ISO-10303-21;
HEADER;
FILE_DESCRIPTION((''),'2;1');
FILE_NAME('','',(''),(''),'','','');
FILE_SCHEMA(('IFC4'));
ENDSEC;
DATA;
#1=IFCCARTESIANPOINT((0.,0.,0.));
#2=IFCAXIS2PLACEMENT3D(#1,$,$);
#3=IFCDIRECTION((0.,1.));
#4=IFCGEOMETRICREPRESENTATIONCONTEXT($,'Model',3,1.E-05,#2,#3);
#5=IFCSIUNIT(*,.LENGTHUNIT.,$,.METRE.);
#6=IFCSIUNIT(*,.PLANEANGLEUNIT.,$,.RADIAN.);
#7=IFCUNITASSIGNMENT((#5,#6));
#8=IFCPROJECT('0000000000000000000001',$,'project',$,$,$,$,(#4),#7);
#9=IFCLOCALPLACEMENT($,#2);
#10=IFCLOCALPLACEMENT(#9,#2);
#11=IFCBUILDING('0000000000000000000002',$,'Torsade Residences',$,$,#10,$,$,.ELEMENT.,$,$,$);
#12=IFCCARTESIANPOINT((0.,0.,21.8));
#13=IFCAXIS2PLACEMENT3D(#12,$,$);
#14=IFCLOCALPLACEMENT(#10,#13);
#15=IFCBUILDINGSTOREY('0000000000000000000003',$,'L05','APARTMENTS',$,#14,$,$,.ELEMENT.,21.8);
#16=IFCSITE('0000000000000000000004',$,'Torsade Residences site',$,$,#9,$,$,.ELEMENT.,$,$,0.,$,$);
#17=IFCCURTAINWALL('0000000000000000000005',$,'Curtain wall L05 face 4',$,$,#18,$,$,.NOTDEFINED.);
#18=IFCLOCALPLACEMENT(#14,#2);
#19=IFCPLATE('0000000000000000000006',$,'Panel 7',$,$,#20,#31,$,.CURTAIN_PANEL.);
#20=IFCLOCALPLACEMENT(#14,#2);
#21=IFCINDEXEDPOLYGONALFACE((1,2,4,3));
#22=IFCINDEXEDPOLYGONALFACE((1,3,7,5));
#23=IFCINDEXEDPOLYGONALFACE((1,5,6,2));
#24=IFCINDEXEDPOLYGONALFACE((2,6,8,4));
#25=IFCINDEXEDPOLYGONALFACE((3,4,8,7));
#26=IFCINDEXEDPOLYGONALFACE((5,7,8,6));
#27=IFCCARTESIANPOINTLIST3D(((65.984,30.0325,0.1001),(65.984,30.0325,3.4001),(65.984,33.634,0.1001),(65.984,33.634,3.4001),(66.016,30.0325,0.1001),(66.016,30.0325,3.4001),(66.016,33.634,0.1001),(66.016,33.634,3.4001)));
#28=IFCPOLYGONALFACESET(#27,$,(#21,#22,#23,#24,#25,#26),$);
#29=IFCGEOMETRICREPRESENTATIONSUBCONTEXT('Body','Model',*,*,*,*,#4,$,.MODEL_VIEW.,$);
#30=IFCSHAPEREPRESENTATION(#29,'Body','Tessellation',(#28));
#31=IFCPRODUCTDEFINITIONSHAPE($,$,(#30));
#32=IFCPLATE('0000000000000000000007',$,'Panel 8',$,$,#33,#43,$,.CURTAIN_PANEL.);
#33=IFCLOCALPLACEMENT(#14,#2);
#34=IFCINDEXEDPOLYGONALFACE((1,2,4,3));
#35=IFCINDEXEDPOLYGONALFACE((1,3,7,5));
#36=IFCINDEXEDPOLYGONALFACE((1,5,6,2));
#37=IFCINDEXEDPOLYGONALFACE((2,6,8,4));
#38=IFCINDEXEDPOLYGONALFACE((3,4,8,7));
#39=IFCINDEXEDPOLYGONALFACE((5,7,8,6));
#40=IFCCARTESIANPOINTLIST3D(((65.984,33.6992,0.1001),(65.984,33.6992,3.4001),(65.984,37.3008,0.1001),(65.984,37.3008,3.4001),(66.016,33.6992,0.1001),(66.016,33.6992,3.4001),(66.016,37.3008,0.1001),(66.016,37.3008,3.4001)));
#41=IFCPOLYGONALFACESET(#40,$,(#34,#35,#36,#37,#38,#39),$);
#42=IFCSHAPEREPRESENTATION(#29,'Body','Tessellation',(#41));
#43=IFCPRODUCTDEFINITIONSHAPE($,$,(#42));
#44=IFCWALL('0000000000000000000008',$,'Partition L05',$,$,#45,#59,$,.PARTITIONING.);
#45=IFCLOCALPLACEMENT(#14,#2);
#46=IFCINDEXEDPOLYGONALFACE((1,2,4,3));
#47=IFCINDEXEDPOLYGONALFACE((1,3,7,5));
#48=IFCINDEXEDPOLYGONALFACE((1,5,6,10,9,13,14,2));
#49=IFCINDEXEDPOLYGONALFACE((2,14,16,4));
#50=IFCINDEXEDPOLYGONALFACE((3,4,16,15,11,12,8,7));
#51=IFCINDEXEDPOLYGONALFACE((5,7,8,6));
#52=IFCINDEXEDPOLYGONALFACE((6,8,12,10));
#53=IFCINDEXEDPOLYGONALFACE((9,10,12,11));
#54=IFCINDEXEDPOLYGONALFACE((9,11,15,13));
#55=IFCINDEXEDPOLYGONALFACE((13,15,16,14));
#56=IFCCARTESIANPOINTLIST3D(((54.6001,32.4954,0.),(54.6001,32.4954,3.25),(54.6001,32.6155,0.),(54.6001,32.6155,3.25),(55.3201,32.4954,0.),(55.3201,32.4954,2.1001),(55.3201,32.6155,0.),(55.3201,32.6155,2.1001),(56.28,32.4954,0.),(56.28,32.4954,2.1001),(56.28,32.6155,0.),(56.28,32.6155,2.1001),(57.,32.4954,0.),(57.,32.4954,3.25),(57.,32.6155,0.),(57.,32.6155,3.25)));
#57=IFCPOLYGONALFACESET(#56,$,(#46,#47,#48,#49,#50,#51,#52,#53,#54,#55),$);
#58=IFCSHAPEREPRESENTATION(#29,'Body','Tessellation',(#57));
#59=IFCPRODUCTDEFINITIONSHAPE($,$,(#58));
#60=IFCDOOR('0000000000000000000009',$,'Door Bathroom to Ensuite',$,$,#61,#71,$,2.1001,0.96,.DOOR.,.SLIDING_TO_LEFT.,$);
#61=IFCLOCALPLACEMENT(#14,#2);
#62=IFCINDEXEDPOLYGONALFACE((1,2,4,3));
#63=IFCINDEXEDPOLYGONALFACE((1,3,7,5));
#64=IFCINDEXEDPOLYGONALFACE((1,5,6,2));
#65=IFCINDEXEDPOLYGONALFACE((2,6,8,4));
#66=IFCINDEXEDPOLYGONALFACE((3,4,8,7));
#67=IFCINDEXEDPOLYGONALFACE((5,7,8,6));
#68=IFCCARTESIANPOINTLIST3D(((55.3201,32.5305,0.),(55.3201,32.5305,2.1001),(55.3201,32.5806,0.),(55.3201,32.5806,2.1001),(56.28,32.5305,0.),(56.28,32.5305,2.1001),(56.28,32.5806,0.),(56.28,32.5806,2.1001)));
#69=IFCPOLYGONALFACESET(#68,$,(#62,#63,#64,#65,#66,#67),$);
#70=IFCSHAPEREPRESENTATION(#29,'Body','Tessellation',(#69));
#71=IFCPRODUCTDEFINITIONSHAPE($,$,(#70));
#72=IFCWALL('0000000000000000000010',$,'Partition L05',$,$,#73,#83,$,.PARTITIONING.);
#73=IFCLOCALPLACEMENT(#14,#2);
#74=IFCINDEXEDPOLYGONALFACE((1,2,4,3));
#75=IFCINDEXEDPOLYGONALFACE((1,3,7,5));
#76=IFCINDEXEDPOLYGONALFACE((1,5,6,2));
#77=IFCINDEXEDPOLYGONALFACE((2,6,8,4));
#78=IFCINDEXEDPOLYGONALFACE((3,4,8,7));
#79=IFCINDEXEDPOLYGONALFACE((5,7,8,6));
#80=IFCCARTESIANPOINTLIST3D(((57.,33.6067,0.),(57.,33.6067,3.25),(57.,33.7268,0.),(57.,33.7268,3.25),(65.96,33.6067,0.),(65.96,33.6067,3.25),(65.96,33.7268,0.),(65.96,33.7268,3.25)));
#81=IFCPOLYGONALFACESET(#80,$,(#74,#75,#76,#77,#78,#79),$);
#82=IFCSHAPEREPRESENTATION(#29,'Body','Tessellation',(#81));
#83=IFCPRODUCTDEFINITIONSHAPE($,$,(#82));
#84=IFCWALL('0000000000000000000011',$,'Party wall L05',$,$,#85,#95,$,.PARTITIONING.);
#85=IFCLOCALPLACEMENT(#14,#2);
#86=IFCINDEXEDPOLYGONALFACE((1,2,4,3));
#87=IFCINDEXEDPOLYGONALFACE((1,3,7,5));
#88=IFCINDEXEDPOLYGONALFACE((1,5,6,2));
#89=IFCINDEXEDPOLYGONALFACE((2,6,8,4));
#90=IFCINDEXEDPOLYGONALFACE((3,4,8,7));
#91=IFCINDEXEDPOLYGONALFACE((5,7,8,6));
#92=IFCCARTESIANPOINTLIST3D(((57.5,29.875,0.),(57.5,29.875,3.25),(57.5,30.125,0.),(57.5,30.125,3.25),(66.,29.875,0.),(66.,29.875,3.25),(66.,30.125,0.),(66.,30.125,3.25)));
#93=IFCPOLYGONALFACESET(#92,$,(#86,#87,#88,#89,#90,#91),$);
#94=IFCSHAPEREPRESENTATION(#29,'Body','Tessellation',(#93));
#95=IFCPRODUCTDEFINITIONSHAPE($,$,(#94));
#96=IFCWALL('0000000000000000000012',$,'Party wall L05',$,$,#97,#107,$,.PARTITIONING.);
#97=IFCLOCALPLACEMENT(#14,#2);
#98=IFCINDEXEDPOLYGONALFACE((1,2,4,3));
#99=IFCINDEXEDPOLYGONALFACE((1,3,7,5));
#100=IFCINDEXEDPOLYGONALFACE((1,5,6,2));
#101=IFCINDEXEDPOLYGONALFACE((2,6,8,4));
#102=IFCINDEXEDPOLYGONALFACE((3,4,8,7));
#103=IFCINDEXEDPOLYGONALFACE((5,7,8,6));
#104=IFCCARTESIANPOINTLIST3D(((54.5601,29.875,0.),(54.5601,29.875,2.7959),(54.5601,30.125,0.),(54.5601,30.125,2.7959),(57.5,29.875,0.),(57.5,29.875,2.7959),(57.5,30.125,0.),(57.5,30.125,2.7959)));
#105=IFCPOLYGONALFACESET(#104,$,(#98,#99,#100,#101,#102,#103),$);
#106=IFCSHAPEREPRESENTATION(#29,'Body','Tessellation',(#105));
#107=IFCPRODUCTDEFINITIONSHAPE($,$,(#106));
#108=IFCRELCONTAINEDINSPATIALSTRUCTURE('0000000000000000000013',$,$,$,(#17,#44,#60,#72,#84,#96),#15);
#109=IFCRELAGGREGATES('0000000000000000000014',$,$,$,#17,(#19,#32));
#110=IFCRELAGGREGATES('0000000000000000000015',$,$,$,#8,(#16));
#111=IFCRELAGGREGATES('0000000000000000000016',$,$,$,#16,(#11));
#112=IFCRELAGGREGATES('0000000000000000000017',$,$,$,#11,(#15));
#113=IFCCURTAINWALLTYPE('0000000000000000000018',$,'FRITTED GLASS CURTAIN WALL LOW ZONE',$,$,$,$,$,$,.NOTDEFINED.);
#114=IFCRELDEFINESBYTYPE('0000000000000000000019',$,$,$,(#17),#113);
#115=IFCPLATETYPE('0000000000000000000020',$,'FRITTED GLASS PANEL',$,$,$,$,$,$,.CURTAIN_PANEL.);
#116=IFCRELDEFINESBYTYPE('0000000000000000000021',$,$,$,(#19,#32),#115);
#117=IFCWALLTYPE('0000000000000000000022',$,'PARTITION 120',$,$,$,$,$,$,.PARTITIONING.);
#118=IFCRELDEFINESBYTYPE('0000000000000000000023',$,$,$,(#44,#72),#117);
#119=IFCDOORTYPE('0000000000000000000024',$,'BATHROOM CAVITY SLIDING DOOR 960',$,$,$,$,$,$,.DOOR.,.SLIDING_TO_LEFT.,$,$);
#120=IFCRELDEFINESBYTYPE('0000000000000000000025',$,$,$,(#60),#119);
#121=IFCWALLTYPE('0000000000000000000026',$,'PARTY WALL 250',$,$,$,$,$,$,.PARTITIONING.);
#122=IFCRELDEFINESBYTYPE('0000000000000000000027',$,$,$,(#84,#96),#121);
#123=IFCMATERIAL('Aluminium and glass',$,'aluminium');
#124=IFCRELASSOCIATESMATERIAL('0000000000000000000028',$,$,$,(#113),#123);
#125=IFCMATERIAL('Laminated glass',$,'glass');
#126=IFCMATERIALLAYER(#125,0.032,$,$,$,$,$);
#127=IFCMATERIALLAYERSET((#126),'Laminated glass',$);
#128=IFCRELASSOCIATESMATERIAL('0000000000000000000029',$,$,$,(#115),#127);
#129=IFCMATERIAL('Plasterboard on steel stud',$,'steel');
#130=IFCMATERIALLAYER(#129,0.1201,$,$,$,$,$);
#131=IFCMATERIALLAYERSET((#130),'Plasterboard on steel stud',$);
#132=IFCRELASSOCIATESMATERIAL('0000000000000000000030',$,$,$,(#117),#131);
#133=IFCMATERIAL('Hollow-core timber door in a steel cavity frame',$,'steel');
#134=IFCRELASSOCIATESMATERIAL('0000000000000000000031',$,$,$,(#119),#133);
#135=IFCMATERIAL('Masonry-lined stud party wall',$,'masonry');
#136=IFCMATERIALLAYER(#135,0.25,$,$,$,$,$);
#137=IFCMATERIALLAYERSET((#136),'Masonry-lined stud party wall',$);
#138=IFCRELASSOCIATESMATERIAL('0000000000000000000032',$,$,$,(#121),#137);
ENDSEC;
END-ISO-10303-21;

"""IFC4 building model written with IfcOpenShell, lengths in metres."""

from ifc_helpers import new_model, si_unit, direction, frame, frame_2d, origin, origin_2d, place, context, subcontext, project, spatial, rectangle, extrude, material, layer, layer_set, type_object, element, fill, aggregate, save


model = new_model("IFC4")

# Units and contexts
model_context = context("Model", 3, precision=1e-05, world=origin(), true_north=direction((0.0, 1.0)))
body_context = subcontext(model_context, "Body", "Model", "MODEL_VIEW")
ifc_project = project(units=[si_unit("LENGTHUNIT", "METRE"), si_unit("PLANEANGLEUNIT", "RADIAN")], contexts=[model_context])

# Site, building, storey
site_placement = place(None, origin())
site = spatial("IfcSite", under=ifc_project, at=site_placement, Name="Torsade Residences site", CompositionType="ELEMENT", RefElevation=0.0)
building_placement = place(site_placement, origin())
building = spatial("IfcBuilding", under=site, at=building_placement, Name="Torsade Residences", CompositionType="ELEMENT")
storey_placement = place(building_placement, frame((0.0, 0.0, 21.8)))
storey = spatial("IfcBuildingStorey", under=building, at=storey_placement, Name="L05", Description="APARTMENTS", CompositionType="ELEMENT", Elevation=21.8)

# Curtain wall
ifc_material_1 = material(Name="Aluminium and glass", Category="aluminium")
curtain_wall_type = type_object("IfcCurtainWallType", Name="FRITTED GLASS CURTAIN WALL LOW ZONE", PredefinedType="NOTDEFINED", material=ifc_material_1)
curtain_wall_placement = place(storey_placement, origin())
curtain_wall = element("IfcCurtainWall", 1, at=curtain_wall_placement, inside=storey, type_object=curtain_wall_type, Name="Curtain wall L05 face 4", PredefinedType="NOTDEFINED")

# Plates
ifc_material_2 = material(Name="Laminated glass", Category="glass")
ifc_layer_1 = layer(ifc_material_2, 0.032)
ifc_layer_set_1 = layer_set([ifc_layer_1], Name="Laminated glass")
plate_type = type_object("IfcPlateType", Name="FRITTED GLASS PANEL", PredefinedType="CURTAIN_PANEL", material=ifc_layer_set_1)
plate_1_placement = place(storey_placement, frame((66.0, 31.8333, 0.1001), z_axis=(0.0, 0.0, 1.0), x_axis=(0.0, 1.0, 0.0)))
plate_1 = element("IfcPlate", 2, at=plate_1_placement, type_object=plate_type, Name="Panel 7", PredefinedType="CURTAIN_PANEL", context=body_context, shape_type="SweptSolid", body=[
    extrude(rectangle(XDim=3.6016, YDim=0.032, at=origin_2d()), origin(), (0.0, 0.0, 1.0), 3.3),
])
plate_2_placement = place(storey_placement, frame((66.0, 35.5, 0.1001), z_axis=(0.0, 0.0, 1.0), x_axis=(0.0, 1.0, 0.0)))
plate_2 = element("IfcPlate", 3, at=plate_2_placement, type_object=plate_type, Name="Panel 8", PredefinedType="CURTAIN_PANEL", context=body_context, shape_type="SweptSolid", body=[
    extrude(rectangle(XDim=3.6016, YDim=0.032, at=origin_2d()), origin(), (0.0, 0.0, 1.0), 3.3),
])
aggregate(curtain_wall, [plate_1, plate_2])

# Wall, opening, door
ifc_material_3 = material(Name="Plasterboard on steel stud", Category="steel")
ifc_layer_2 = layer(ifc_material_3, 0.1201)
ifc_layer_set_2 = layer_set([ifc_layer_2], Name="Plasterboard on steel stud")
wall_type_1 = type_object("IfcWallType", Name="PARTITION 120", PredefinedType="PARTITIONING", material=ifc_layer_set_2)
wall_1_placement = place(storey_placement, frame((57.0, 32.5554, 0.0), z_axis=(0.0, 0.0, 1.0), x_axis=(-1.0, 0.0, 0.0)))
wall_1 = element("IfcWall", 4, at=wall_1_placement, inside=storey, type_object=wall_type_1, Name="Partition L05", PredefinedType="PARTITIONING", context=body_context, shape_type="SweptSolid", body=[
    extrude(rectangle(XDim=2.3999, YDim=0.1201, at=frame_2d((1.2, 0.0))), origin(), (0.0, 0.0, 1.0), 3.25),
])
opening_placement = place(wall_1_placement, frame((0.72, 0.0, 0.0)))
opening = element("IfcOpeningElement", 5, at=opening_placement, cuts=wall_1, PredefinedType="OPENING", context=body_context, shape_type="SweptSolid", body=[
    extrude(rectangle(XDim=0.96, YDim=2.1001, at=frame_2d((0.48, 1.05))), frame((0.0, 0.0701, 0.0), z_axis=(0.0, -1.0, 0.0), x_axis=(1.0, 0.0, 0.0)), (0.0, 0.0, 1.0), 0.1401),
])
ifc_material_4 = material(Name="Hollow-core timber door in a steel cavity frame", Category="steel")
door_type = type_object("IfcDoorType", Name="BATHROOM CAVITY SLIDING DOOR 960", OperationType="SLIDING_TO_LEFT", PredefinedType="DOOR", material=ifc_material_4)
door_placement = place(opening_placement, origin())
door = element("IfcDoor", 6, at=door_placement, inside=storey, type_object=door_type, Name="Door Bathroom to Ensuite", OperationType="SLIDING_TO_LEFT", OverallHeight=2.1001, OverallWidth=0.96, PredefinedType="DOOR", context=body_context, shape_type="SweptSolid", body=[
    extrude(rectangle(XDim=0.96, YDim=2.1001, at=frame_2d((0.48, 1.05))), frame((0.0, 0.0249, 0.0), z_axis=(0.0, -1.0, 0.0), x_axis=(1.0, 0.0, 0.0)), (0.0, 0.0, 1.0), 0.05),
])
fill(opening, door)

# Walls
wall_2_placement = place(storey_placement, frame((57.0, 33.6667, 0.0), z_axis=(0.0, 0.0, 1.0), x_axis=(1.0, 0.0, 0.0)))
element("IfcWall", 7, at=wall_2_placement, inside=storey, type_object=wall_type_1, Name="Partition L05", PredefinedType="PARTITIONING", context=body_context, shape_type="SweptSolid", body=[
    extrude(rectangle(XDim=8.96, YDim=0.1201, at=frame_2d((4.48, 0.0))), origin(), (0.0, 0.0, 1.0), 3.25),
])
ifc_material_5 = material(Name="Masonry-lined stud party wall", Category="masonry")
ifc_layer_3 = layer(ifc_material_5, 0.25)
ifc_layer_set_3 = layer_set([ifc_layer_3], Name="Masonry-lined stud party wall")
wall_type_2 = type_object("IfcWallType", Name="PARTY WALL 250", PredefinedType="PARTITIONING", material=ifc_layer_set_3)
wall_3_placement = place(storey_placement, frame((66.0, 30.0, 0.0), z_axis=(0.0, 0.0, 1.0), x_axis=(-1.0, 0.0, 0.0)))
element("IfcWall", 8, at=wall_3_placement, inside=storey, type_object=wall_type_2, Name="Party wall L05", PredefinedType="PARTITIONING", context=body_context, shape_type="SweptSolid", body=[
    extrude(rectangle(XDim=8.5, YDim=0.25, at=frame_2d((4.25, 0.0))), origin(), (0.0, 0.0, 1.0), 3.25),
])
wall_4_placement = place(storey_placement, frame((57.5, 30.0, 0.0), z_axis=(0.0, 0.0, 1.0), x_axis=(-1.0, 0.0, 0.0)))
element("IfcWall", 9, at=wall_4_placement, inside=storey, type_object=wall_type_2, Name="Party wall L05", PredefinedType="PARTITIONING", context=body_context, shape_type="SweptSolid", body=[
    extrude(rectangle(XDim=2.9399, YDim=0.25, at=frame_2d((1.47, 0.0))), origin(), (0.0, 0.0, 1.0), 2.7959),
])

save(model, "model.ifc")
